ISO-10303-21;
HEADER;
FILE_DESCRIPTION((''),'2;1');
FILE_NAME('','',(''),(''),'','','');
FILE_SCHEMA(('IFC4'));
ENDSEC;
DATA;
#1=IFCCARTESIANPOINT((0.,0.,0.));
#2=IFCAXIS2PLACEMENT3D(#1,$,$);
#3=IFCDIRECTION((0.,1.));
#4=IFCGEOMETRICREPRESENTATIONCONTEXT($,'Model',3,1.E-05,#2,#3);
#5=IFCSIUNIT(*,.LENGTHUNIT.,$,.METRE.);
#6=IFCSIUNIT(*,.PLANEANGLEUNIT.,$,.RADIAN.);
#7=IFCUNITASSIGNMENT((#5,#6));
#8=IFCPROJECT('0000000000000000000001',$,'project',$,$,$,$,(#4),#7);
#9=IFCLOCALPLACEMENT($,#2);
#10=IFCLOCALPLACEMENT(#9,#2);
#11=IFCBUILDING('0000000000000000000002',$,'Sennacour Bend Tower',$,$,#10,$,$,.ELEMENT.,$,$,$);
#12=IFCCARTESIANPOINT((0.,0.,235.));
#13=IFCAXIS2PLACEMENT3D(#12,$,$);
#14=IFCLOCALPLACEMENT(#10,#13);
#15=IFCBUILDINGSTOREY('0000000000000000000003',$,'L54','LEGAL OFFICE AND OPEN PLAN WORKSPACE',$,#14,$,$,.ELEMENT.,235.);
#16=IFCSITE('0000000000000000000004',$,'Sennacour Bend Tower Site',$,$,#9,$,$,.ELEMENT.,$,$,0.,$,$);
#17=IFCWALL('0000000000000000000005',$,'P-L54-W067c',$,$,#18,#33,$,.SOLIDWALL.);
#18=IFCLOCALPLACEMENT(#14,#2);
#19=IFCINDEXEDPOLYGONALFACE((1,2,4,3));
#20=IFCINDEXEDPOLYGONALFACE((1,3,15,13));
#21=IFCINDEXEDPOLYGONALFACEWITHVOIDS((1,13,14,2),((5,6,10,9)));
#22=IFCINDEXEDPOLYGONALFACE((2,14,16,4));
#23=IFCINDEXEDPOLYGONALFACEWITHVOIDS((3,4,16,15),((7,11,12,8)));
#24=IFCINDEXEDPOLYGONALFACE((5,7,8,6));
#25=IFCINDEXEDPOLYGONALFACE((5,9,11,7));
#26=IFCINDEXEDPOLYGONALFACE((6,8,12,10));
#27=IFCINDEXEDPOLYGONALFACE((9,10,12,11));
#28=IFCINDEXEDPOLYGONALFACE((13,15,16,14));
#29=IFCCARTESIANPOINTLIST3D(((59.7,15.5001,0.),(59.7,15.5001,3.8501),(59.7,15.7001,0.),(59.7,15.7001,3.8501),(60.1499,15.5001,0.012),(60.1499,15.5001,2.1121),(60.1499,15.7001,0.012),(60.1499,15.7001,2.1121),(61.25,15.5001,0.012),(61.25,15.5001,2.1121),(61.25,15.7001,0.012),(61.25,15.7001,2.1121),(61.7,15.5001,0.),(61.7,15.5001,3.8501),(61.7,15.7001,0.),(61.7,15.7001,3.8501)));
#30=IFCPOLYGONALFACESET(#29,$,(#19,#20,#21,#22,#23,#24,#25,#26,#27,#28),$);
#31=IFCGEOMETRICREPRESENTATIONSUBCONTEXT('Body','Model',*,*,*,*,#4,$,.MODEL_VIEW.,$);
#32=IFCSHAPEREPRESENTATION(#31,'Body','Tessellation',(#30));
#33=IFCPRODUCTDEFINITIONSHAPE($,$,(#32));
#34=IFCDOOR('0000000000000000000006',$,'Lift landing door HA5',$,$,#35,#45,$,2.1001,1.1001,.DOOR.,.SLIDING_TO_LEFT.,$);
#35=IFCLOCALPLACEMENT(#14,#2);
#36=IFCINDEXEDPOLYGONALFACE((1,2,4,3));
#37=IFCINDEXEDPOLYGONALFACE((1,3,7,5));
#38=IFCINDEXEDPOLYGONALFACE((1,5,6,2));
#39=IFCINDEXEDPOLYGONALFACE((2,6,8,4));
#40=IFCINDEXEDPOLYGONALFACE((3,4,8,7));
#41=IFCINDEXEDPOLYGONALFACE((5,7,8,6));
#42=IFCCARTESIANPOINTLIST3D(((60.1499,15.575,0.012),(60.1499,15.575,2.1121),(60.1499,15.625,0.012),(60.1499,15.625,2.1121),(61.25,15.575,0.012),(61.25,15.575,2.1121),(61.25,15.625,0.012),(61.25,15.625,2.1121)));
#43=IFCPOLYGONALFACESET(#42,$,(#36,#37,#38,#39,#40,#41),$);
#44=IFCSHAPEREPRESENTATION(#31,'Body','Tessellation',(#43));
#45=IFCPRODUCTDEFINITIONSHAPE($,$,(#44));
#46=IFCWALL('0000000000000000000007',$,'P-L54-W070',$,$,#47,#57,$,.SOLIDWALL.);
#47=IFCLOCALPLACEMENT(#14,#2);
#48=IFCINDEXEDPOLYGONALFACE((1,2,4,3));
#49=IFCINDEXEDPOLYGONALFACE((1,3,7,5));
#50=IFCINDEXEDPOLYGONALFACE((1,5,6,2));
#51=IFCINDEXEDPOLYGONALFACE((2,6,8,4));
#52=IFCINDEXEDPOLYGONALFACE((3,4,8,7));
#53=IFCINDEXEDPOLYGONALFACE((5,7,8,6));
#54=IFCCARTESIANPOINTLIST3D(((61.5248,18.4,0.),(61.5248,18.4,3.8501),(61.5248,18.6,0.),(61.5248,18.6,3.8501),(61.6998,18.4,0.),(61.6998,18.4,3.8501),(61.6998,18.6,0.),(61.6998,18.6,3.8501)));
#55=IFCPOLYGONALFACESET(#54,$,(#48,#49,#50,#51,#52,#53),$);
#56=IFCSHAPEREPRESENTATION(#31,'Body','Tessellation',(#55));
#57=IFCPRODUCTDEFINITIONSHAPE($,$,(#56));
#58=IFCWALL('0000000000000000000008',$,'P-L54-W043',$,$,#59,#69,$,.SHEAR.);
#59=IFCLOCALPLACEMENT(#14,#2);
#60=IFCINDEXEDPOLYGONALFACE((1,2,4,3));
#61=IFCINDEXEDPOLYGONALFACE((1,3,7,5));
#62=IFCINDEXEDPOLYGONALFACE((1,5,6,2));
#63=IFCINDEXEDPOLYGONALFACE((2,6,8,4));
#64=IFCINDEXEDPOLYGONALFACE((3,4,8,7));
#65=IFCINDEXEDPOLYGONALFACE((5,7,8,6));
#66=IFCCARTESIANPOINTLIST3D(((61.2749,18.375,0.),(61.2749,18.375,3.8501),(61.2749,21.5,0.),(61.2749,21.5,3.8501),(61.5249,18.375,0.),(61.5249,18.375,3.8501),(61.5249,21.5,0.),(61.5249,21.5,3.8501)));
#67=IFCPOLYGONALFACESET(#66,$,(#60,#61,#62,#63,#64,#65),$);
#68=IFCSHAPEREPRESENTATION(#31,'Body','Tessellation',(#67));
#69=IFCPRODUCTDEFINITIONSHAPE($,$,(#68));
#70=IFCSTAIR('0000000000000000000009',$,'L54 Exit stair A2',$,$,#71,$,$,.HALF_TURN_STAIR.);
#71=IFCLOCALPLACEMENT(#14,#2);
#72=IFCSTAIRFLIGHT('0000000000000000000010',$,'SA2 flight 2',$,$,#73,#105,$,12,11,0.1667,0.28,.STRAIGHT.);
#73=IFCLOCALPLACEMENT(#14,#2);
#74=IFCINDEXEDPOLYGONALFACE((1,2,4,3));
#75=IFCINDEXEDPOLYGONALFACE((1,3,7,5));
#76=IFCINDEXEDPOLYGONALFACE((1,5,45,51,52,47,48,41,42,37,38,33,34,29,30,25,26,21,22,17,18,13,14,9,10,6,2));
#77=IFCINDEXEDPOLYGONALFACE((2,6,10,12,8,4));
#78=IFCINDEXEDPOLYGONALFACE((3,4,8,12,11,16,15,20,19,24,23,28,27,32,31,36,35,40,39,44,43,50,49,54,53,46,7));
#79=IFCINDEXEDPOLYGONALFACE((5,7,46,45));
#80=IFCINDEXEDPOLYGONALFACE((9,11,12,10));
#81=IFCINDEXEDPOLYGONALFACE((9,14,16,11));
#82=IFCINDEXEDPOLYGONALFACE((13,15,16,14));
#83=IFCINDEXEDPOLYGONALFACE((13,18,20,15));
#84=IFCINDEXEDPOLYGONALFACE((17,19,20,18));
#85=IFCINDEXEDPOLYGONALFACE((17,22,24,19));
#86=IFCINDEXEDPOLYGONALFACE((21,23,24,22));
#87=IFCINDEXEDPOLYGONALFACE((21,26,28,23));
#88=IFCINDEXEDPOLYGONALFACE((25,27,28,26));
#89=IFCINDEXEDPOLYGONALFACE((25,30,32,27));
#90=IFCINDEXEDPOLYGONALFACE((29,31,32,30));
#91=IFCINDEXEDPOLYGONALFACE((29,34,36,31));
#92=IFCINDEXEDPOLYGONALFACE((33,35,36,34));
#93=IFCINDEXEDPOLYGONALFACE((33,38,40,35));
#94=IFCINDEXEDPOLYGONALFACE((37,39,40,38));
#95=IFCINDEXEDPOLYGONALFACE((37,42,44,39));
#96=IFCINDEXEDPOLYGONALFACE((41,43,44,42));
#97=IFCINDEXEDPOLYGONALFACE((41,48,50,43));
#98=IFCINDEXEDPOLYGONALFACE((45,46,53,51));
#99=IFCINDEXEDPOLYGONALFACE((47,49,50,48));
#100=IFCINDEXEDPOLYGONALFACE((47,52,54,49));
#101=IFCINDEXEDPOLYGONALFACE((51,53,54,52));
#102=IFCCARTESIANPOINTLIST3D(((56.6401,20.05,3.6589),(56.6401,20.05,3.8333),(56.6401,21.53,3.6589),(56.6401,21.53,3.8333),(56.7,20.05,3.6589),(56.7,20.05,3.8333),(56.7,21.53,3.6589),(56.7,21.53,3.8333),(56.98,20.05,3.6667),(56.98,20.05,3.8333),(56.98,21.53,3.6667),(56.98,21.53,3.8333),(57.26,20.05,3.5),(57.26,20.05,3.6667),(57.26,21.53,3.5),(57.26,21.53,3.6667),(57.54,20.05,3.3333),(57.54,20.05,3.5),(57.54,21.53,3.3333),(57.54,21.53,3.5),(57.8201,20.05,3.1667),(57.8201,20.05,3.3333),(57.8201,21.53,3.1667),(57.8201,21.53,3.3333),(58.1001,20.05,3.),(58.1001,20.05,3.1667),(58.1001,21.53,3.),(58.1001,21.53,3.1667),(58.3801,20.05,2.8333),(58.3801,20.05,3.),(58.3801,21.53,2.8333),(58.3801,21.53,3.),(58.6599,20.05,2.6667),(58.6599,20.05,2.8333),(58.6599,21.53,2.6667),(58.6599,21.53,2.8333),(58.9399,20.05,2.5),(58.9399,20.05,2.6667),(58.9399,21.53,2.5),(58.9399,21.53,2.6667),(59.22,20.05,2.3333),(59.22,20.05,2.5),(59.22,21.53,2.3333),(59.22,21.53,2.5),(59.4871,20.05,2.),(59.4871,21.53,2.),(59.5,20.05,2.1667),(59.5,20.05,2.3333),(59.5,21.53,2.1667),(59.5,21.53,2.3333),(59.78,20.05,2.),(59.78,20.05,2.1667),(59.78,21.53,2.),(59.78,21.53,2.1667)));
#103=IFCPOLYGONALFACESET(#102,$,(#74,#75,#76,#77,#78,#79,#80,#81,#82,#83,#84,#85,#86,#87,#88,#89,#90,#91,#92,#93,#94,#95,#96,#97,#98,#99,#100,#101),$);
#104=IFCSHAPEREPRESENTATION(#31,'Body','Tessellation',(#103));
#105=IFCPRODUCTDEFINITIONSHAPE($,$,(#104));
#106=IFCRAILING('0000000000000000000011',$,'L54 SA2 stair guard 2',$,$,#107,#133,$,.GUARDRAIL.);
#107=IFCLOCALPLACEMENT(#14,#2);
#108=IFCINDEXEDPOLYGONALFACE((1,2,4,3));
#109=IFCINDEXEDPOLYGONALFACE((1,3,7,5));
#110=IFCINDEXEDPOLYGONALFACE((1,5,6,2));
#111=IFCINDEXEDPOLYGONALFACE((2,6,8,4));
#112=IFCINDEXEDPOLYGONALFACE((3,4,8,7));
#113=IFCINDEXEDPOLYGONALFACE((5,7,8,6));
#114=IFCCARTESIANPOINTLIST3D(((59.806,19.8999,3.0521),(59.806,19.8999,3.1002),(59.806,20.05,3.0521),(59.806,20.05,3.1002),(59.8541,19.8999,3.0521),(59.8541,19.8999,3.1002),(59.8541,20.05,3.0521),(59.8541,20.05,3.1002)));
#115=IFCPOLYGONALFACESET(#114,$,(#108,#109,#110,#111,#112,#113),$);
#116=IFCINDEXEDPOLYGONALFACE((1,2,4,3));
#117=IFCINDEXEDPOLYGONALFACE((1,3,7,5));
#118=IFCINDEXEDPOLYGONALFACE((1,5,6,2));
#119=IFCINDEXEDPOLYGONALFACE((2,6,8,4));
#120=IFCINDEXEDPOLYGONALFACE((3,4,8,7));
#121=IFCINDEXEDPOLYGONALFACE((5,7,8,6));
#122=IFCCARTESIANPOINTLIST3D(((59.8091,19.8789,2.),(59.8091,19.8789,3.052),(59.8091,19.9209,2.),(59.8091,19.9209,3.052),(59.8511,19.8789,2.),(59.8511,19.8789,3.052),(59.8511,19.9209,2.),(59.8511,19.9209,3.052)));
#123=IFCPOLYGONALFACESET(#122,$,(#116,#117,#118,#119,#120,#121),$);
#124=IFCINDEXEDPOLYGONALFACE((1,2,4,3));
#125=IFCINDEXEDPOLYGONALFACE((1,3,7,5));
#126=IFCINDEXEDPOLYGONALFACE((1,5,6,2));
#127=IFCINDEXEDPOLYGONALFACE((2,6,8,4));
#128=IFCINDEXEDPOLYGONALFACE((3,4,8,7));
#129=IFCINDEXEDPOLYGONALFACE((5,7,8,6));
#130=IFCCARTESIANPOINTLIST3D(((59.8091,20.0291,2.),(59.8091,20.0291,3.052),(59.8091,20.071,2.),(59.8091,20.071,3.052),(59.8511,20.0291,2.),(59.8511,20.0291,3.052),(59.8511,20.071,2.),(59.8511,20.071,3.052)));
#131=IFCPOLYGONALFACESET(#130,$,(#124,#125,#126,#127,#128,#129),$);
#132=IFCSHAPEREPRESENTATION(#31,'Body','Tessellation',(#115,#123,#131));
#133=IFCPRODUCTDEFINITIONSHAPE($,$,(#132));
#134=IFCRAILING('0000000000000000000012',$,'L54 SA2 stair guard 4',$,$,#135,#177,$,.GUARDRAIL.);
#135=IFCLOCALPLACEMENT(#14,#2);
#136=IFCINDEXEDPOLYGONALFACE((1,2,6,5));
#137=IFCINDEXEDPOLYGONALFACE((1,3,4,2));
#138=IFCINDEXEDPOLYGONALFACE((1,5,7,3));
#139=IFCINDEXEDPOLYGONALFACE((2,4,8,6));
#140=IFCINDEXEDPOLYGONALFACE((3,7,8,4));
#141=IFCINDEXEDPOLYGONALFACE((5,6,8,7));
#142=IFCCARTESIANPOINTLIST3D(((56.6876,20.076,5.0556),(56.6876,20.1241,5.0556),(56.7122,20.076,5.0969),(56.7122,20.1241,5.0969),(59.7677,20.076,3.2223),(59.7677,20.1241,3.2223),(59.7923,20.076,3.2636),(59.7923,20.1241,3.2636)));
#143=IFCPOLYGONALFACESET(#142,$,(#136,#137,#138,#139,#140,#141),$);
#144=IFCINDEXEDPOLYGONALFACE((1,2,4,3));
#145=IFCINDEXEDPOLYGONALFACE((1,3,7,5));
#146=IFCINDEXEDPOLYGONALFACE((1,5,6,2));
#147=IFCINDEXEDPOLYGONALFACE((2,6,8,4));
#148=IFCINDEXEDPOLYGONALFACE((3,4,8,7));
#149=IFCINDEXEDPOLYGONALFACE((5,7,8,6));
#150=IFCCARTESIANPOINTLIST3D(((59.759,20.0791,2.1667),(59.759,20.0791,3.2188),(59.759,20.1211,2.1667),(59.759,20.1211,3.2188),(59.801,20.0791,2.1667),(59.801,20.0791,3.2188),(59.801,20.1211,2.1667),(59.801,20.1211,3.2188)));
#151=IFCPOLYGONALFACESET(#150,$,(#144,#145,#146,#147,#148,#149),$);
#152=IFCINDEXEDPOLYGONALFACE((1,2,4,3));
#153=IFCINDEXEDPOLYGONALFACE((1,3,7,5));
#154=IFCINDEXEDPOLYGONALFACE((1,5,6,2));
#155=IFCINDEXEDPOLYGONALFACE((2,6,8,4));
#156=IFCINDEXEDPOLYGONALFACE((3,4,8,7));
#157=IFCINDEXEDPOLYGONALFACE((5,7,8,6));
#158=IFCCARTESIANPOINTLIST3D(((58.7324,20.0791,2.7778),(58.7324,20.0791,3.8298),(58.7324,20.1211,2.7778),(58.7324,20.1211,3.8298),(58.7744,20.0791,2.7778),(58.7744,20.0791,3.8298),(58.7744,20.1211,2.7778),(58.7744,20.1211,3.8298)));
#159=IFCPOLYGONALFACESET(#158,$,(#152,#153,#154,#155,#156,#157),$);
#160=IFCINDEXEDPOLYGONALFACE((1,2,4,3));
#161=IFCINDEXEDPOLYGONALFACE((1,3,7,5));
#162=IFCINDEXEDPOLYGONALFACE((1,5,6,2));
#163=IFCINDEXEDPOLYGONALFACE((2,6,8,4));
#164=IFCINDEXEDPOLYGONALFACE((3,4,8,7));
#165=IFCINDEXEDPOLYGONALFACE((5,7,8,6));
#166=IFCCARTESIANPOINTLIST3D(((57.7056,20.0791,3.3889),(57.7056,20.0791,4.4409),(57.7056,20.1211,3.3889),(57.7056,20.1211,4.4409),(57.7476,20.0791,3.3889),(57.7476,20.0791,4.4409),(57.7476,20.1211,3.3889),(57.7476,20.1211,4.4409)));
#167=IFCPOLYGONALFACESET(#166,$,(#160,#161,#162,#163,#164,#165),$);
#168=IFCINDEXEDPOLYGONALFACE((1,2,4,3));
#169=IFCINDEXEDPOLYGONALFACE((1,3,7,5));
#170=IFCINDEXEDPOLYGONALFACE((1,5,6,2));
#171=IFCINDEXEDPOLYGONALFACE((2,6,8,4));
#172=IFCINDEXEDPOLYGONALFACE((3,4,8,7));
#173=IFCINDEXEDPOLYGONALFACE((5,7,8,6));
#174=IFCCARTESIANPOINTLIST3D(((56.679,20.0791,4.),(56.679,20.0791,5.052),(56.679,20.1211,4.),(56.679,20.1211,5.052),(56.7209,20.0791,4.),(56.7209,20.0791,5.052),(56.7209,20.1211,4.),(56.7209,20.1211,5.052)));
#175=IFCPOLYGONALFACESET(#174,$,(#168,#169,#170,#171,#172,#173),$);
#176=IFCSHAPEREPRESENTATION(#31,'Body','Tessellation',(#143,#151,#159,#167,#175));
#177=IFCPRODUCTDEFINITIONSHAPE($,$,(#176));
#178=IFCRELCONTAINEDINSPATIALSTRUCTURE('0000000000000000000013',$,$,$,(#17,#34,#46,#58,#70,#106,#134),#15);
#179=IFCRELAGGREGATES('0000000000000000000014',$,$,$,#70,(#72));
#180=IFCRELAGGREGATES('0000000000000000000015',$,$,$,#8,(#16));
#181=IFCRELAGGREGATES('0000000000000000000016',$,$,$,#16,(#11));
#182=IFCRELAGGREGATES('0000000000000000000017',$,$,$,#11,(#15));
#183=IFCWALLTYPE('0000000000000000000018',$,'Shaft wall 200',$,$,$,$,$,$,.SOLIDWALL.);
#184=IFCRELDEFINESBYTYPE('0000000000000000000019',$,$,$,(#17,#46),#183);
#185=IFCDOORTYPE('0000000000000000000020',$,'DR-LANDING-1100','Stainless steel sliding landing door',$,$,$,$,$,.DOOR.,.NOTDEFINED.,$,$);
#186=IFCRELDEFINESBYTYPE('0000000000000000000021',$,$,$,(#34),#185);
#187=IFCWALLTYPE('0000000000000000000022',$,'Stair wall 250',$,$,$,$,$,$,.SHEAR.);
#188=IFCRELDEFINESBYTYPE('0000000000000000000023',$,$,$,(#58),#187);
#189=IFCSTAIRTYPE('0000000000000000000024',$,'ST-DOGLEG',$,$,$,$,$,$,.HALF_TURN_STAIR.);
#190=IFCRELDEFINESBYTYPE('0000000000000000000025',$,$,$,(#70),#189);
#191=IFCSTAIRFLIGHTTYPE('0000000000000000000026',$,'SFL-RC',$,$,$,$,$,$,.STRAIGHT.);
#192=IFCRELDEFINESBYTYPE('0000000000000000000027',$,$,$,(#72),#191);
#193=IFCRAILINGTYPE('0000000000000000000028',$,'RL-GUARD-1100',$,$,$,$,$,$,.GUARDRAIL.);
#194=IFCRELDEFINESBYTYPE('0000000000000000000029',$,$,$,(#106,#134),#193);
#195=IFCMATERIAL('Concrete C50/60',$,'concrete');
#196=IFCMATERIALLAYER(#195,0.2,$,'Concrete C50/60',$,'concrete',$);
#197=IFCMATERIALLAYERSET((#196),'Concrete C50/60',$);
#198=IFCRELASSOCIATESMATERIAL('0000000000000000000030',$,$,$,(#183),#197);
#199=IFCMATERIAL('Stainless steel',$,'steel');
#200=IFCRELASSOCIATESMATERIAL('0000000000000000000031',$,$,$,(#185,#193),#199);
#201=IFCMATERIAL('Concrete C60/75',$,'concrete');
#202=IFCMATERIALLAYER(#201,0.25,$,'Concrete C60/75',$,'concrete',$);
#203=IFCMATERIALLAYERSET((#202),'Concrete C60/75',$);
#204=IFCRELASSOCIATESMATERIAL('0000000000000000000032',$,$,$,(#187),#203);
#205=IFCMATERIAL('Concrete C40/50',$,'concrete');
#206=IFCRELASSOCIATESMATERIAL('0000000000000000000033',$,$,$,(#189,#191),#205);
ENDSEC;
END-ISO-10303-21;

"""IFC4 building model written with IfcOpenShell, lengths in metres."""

from ifc_helpers import new_model, si_unit, direction, frame, frame_2d, origin, origin_2d, place, context, subcontext, project, spatial, polyline, rectangle, outline, extrude, material, layer, layer_set, type_object, element, fill, aggregate, save


model = new_model("IFC4")

# Units and contexts
model_context = context("Model", 3, precision=1e-05, world=origin(), true_north=direction((0.0, 1.0)))
body_context = subcontext(model_context, "Body", "Model", "MODEL_VIEW")
ifc_project = project(units=[si_unit("LENGTHUNIT", "METRE"), si_unit("PLANEANGLEUNIT", "RADIAN")], contexts=[model_context])

# Site, building, storey
site_placement = place(None, origin())
site = spatial("IfcSite", under=ifc_project, at=site_placement, Name="Sennacour Bend Tower Site", CompositionType="ELEMENT", RefElevation=0.0)
building_placement = place(site_placement, origin())
building = spatial("IfcBuilding", under=site, at=building_placement, Name="Sennacour Bend Tower", CompositionType="ELEMENT")
storey_placement = place(building_placement, frame((0.0, 0.0, 235.0)))
storey = spatial("IfcBuildingStorey", under=building, at=storey_placement, Name="L54", Description="LEGAL OFFICE AND OPEN PLAN WORKSPACE", CompositionType="ELEMENT", Elevation=235.0)

# Shared definitions
ifc_material_1 = material(Name="Concrete C50/60", Category="concrete")
ifc_layer_1 = layer(ifc_material_1, 0.2, Name="Concrete C50/60", Category="concrete")
ifc_layer_set_1 = layer_set([ifc_layer_1], Name="Concrete C50/60")
wall_type_1 = type_object("IfcWallType", Name="Shaft wall 200", PredefinedType="SOLIDWALL", material=ifc_layer_set_1)

# Shared definitions
ifc_material_2 = material(Name="Stainless steel", Category="steel")
door_type_1 = type_object("IfcDoorType", Name="DR-LANDING-1100", Description="Stainless steel sliding landing door", OperationType="NOTDEFINED", PredefinedType="DOOR", material=ifc_material_2)

# Wall, opening, door
wall_1_placement = place(storey_placement, frame((59.7, 15.6001, 0.0), z_axis=(0.0, 0.0, 1.0), x_axis=(1.0, 0.0, 0.0)))
wall_1 = element("IfcWall", 1, at=wall_1_placement, inside=storey, type_object=wall_type_1, Name="P-L54-W067c", PredefinedType="SOLIDWALL", context=body_context, shape_type="SweptSolid", body=[
    extrude(rectangle(XDim=2.0, YDim=0.2, at=frame_2d((1.0, 0.0))), origin(), (0.0, 0.0, 1.0), 3.8501),
])
opening_1_placement = place(wall_1_placement, frame((0.45, 0.0, 0.012)))
opening_1 = element("IfcOpeningElement", 2, at=opening_1_placement, cuts=wall_1, PredefinedType="OPENING", context=body_context, shape_type="SweptSolid", body=[
    extrude(rectangle(XDim=1.1001, YDim=2.1001, at=frame_2d((0.55, 1.05))), frame((0.0, 0.1099, 0.0), z_axis=(0.0, -1.0, 0.0), x_axis=(1.0, 0.0, 0.0)), (0.0, 0.0, 1.0), 0.22),
])
door_1_placement = place(opening_1_placement, origin())
door_1 = element("IfcDoor", 3, at=door_1_placement, inside=storey, type_object=door_type_1, Name="Lift landing door HA5", OperationType="SLIDING_TO_LEFT", OverallHeight=2.1001, OverallWidth=1.1001, PredefinedType="DOOR", context=body_context, shape_type="SweptSolid", body=[
    extrude(rectangle(XDim=1.1001, YDim=2.1001, at=frame_2d((0.55, 1.05))), frame((0.0, 0.0249, 0.0), z_axis=(0.0, -1.0, 0.0), x_axis=(1.0, 0.0, 0.0)), (0.0, 0.0, 1.0), 0.05),
])
fill(opening_1, door_1)

# Walls
wall_2_placement = place(storey_placement, frame((61.5249, 18.5, 0.0), z_axis=(0.0, 0.0, 1.0), x_axis=(1.0, 0.0, 0.0)))
element("IfcWall", 4, at=wall_2_placement, inside=storey, type_object=wall_type_1, Name="P-L54-W070", PredefinedType="SOLIDWALL", context=body_context, shape_type="SweptSolid", body=[
    extrude(rectangle(XDim=0.175, YDim=0.2, at=frame_2d((0.0874, 0.0))), origin(), (0.0, 0.0, 1.0), 3.8501),
])
ifc_material_3 = material(Name="Concrete C60/75", Category="concrete")
ifc_layer_2 = layer(ifc_material_3, 0.25, Name="Concrete C60/75", Category="concrete")
ifc_layer_set_2 = layer_set([ifc_layer_2], Name="Concrete C60/75")
wall_type_2 = type_object("IfcWallType", Name="Stair wall 250", PredefinedType="SHEAR", material=ifc_layer_set_2)
wall_3_placement = place(storey_placement, frame((61.3999, 18.375, 0.0), z_axis=(0.0, 0.0, 1.0), x_axis=(0.0, 1.0, 0.0)))
element("IfcWall", 5, at=wall_3_placement, inside=storey, type_object=wall_type_2, Name="P-L54-W043", PredefinedType="SHEAR", context=body_context, shape_type="SweptSolid", body=[
    extrude(rectangle(XDim=3.125, YDim=0.25, at=frame_2d((1.5625, 0.0))), origin(), (0.0, 0.0, 1.0), 3.8501),
])

# Stair, stair flight
ifc_material_4 = material(Name="Concrete C40/50", Category="concrete")
stair_type = type_object("IfcStairType", Name="ST-DOGLEG", PredefinedType="HALF_TURN_STAIR", material=ifc_material_4)
stair_placement = place(storey_placement, origin())
stair = element("IfcStair", 6, at=stair_placement, inside=storey, type_object=stair_type, Name="L54 Exit stair A2", PredefinedType="HALF_TURN_STAIR")
stair_flight_type = type_object("IfcStairFlightType", Name="SFL-RC", PredefinedType="STRAIGHT", material=ifc_material_4)
stair_flight_placement = place(storey_placement, frame((59.78, 20.79, 2.0), z_axis=(0.0, 0.0, 1.0), x_axis=(-1.0, 0.0, 0.0)))
stair_flight = element("IfcStairFlight", 7, at=stair_flight_placement, type_object=stair_flight_type, Name="SA2 flight 2", NumberOfRisers=12, NumberOfTreads=11, PredefinedType="STRAIGHT", RiserHeight=0.1667, TreadLength=0.28, context=body_context, shape_type="SweptSolid", body=[
    extrude(outline(polyline([(0.0, 0.0), (0.0, 0.1667), (0.28, 0.1667), (0.28, 0.3333), (0.5601, 0.3333), (0.5601, 0.5), (0.8401, 0.5), (0.8401, 0.6667), (1.1201, 0.6667), (1.1201, 0.8333), (1.3999, 0.8333), (1.3999, 1.0), (1.6799, 1.0), (1.6799, 1.1667), (1.96, 1.1667), (1.96, 1.3333), (2.24, 1.3333), (2.24, 1.5), (2.52, 1.5), (2.52, 1.6667), (2.8, 1.6667), (2.8, 1.8333), (3.0801, 1.8333), (3.1399, 1.8333), (3.1399, 1.6589), (3.0801, 1.6589), (0.293, 0.0), (0.0, 0.0)])), frame((0.0, 0.74, 0.0), z_axis=(0.0, -1.0, 0.0), x_axis=(1.0, 0.0, 0.0)), (0.0, 0.0, 1.0), 1.48),
])
aggregate(stair, [stair_flight])

# Railings
railing_type_1 = type_object("IfcRailingType", Name="RL-GUARD-1100", PredefinedType="GUARDRAIL", material=ifc_material_2)
railing_1_placement = place(storey_placement, frame((59.8301, 19.8999, 2.0)))
element("IfcRailing", 8, at=railing_1_placement, inside=storey, type_object=railing_type_1, Name="L54 SA2 stair guard 2", PredefinedType="GUARDRAIL", context=body_context, shape_type="SweptSolid", body=[
    extrude(rectangle(XDim=0.0481, YDim=0.0481, at=origin_2d()), frame((0.0, 0.0, 1.0762), z_axis=(0.0, 1.0, 0.0), x_axis=(-1.0, 0.0, 0.0)), (0.0, 0.0, 1.0), 0.1501),
    extrude(rectangle(XDim=0.042, YDim=0.042, at=origin_2d()), origin(), (0.0, 0.0, 1.0), 1.052),
    extrude(rectangle(XDim=0.042, YDim=0.042, at=origin_2d()), frame((0.0, 0.1501, 0.0)), (0.0, 0.0, 1.0), 1.052),
])
railing_2_placement = place(storey_placement, frame((59.78, 20.1001, 2.1667)))
element("IfcRailing", 9, at=railing_2_placement, inside=storey, type_object=railing_type_1, Name="L54 SA2 stair guard 4", PredefinedType="GUARDRAIL", context=body_context, shape_type="SweptSolid", body=[
    extrude(rectangle(XDim=0.0481, YDim=0.0481, at=origin_2d()), frame((0.0, 0.0, 1.0762), z_axis=(-0.859309, 0.0, 0.511458), x_axis=(0.0, -1.0, 0.0)), (0.0, 0.0, 1.0), 3.5845),
    extrude(rectangle(XDim=0.042, YDim=0.042, at=origin_2d()), origin(), (0.0, 0.0, 1.0), 1.052),
    extrude(rectangle(XDim=0.042, YDim=0.042, at=origin_2d()), frame((-1.0266, 0.0, 0.6111)), (0.0, 0.0, 1.0), 1.052),
    extrude(rectangle(XDim=0.042, YDim=0.042, at=origin_2d()), frame((-2.0535, 0.0, 1.2222)), (0.0, 0.0, 1.0), 1.052),
    extrude(rectangle(XDim=0.042, YDim=0.042, at=origin_2d()), frame((-3.0801, 0.0, 1.8333)), (0.0, 0.0, 1.0), 1.052),
])

save(model, "model.ifc")
